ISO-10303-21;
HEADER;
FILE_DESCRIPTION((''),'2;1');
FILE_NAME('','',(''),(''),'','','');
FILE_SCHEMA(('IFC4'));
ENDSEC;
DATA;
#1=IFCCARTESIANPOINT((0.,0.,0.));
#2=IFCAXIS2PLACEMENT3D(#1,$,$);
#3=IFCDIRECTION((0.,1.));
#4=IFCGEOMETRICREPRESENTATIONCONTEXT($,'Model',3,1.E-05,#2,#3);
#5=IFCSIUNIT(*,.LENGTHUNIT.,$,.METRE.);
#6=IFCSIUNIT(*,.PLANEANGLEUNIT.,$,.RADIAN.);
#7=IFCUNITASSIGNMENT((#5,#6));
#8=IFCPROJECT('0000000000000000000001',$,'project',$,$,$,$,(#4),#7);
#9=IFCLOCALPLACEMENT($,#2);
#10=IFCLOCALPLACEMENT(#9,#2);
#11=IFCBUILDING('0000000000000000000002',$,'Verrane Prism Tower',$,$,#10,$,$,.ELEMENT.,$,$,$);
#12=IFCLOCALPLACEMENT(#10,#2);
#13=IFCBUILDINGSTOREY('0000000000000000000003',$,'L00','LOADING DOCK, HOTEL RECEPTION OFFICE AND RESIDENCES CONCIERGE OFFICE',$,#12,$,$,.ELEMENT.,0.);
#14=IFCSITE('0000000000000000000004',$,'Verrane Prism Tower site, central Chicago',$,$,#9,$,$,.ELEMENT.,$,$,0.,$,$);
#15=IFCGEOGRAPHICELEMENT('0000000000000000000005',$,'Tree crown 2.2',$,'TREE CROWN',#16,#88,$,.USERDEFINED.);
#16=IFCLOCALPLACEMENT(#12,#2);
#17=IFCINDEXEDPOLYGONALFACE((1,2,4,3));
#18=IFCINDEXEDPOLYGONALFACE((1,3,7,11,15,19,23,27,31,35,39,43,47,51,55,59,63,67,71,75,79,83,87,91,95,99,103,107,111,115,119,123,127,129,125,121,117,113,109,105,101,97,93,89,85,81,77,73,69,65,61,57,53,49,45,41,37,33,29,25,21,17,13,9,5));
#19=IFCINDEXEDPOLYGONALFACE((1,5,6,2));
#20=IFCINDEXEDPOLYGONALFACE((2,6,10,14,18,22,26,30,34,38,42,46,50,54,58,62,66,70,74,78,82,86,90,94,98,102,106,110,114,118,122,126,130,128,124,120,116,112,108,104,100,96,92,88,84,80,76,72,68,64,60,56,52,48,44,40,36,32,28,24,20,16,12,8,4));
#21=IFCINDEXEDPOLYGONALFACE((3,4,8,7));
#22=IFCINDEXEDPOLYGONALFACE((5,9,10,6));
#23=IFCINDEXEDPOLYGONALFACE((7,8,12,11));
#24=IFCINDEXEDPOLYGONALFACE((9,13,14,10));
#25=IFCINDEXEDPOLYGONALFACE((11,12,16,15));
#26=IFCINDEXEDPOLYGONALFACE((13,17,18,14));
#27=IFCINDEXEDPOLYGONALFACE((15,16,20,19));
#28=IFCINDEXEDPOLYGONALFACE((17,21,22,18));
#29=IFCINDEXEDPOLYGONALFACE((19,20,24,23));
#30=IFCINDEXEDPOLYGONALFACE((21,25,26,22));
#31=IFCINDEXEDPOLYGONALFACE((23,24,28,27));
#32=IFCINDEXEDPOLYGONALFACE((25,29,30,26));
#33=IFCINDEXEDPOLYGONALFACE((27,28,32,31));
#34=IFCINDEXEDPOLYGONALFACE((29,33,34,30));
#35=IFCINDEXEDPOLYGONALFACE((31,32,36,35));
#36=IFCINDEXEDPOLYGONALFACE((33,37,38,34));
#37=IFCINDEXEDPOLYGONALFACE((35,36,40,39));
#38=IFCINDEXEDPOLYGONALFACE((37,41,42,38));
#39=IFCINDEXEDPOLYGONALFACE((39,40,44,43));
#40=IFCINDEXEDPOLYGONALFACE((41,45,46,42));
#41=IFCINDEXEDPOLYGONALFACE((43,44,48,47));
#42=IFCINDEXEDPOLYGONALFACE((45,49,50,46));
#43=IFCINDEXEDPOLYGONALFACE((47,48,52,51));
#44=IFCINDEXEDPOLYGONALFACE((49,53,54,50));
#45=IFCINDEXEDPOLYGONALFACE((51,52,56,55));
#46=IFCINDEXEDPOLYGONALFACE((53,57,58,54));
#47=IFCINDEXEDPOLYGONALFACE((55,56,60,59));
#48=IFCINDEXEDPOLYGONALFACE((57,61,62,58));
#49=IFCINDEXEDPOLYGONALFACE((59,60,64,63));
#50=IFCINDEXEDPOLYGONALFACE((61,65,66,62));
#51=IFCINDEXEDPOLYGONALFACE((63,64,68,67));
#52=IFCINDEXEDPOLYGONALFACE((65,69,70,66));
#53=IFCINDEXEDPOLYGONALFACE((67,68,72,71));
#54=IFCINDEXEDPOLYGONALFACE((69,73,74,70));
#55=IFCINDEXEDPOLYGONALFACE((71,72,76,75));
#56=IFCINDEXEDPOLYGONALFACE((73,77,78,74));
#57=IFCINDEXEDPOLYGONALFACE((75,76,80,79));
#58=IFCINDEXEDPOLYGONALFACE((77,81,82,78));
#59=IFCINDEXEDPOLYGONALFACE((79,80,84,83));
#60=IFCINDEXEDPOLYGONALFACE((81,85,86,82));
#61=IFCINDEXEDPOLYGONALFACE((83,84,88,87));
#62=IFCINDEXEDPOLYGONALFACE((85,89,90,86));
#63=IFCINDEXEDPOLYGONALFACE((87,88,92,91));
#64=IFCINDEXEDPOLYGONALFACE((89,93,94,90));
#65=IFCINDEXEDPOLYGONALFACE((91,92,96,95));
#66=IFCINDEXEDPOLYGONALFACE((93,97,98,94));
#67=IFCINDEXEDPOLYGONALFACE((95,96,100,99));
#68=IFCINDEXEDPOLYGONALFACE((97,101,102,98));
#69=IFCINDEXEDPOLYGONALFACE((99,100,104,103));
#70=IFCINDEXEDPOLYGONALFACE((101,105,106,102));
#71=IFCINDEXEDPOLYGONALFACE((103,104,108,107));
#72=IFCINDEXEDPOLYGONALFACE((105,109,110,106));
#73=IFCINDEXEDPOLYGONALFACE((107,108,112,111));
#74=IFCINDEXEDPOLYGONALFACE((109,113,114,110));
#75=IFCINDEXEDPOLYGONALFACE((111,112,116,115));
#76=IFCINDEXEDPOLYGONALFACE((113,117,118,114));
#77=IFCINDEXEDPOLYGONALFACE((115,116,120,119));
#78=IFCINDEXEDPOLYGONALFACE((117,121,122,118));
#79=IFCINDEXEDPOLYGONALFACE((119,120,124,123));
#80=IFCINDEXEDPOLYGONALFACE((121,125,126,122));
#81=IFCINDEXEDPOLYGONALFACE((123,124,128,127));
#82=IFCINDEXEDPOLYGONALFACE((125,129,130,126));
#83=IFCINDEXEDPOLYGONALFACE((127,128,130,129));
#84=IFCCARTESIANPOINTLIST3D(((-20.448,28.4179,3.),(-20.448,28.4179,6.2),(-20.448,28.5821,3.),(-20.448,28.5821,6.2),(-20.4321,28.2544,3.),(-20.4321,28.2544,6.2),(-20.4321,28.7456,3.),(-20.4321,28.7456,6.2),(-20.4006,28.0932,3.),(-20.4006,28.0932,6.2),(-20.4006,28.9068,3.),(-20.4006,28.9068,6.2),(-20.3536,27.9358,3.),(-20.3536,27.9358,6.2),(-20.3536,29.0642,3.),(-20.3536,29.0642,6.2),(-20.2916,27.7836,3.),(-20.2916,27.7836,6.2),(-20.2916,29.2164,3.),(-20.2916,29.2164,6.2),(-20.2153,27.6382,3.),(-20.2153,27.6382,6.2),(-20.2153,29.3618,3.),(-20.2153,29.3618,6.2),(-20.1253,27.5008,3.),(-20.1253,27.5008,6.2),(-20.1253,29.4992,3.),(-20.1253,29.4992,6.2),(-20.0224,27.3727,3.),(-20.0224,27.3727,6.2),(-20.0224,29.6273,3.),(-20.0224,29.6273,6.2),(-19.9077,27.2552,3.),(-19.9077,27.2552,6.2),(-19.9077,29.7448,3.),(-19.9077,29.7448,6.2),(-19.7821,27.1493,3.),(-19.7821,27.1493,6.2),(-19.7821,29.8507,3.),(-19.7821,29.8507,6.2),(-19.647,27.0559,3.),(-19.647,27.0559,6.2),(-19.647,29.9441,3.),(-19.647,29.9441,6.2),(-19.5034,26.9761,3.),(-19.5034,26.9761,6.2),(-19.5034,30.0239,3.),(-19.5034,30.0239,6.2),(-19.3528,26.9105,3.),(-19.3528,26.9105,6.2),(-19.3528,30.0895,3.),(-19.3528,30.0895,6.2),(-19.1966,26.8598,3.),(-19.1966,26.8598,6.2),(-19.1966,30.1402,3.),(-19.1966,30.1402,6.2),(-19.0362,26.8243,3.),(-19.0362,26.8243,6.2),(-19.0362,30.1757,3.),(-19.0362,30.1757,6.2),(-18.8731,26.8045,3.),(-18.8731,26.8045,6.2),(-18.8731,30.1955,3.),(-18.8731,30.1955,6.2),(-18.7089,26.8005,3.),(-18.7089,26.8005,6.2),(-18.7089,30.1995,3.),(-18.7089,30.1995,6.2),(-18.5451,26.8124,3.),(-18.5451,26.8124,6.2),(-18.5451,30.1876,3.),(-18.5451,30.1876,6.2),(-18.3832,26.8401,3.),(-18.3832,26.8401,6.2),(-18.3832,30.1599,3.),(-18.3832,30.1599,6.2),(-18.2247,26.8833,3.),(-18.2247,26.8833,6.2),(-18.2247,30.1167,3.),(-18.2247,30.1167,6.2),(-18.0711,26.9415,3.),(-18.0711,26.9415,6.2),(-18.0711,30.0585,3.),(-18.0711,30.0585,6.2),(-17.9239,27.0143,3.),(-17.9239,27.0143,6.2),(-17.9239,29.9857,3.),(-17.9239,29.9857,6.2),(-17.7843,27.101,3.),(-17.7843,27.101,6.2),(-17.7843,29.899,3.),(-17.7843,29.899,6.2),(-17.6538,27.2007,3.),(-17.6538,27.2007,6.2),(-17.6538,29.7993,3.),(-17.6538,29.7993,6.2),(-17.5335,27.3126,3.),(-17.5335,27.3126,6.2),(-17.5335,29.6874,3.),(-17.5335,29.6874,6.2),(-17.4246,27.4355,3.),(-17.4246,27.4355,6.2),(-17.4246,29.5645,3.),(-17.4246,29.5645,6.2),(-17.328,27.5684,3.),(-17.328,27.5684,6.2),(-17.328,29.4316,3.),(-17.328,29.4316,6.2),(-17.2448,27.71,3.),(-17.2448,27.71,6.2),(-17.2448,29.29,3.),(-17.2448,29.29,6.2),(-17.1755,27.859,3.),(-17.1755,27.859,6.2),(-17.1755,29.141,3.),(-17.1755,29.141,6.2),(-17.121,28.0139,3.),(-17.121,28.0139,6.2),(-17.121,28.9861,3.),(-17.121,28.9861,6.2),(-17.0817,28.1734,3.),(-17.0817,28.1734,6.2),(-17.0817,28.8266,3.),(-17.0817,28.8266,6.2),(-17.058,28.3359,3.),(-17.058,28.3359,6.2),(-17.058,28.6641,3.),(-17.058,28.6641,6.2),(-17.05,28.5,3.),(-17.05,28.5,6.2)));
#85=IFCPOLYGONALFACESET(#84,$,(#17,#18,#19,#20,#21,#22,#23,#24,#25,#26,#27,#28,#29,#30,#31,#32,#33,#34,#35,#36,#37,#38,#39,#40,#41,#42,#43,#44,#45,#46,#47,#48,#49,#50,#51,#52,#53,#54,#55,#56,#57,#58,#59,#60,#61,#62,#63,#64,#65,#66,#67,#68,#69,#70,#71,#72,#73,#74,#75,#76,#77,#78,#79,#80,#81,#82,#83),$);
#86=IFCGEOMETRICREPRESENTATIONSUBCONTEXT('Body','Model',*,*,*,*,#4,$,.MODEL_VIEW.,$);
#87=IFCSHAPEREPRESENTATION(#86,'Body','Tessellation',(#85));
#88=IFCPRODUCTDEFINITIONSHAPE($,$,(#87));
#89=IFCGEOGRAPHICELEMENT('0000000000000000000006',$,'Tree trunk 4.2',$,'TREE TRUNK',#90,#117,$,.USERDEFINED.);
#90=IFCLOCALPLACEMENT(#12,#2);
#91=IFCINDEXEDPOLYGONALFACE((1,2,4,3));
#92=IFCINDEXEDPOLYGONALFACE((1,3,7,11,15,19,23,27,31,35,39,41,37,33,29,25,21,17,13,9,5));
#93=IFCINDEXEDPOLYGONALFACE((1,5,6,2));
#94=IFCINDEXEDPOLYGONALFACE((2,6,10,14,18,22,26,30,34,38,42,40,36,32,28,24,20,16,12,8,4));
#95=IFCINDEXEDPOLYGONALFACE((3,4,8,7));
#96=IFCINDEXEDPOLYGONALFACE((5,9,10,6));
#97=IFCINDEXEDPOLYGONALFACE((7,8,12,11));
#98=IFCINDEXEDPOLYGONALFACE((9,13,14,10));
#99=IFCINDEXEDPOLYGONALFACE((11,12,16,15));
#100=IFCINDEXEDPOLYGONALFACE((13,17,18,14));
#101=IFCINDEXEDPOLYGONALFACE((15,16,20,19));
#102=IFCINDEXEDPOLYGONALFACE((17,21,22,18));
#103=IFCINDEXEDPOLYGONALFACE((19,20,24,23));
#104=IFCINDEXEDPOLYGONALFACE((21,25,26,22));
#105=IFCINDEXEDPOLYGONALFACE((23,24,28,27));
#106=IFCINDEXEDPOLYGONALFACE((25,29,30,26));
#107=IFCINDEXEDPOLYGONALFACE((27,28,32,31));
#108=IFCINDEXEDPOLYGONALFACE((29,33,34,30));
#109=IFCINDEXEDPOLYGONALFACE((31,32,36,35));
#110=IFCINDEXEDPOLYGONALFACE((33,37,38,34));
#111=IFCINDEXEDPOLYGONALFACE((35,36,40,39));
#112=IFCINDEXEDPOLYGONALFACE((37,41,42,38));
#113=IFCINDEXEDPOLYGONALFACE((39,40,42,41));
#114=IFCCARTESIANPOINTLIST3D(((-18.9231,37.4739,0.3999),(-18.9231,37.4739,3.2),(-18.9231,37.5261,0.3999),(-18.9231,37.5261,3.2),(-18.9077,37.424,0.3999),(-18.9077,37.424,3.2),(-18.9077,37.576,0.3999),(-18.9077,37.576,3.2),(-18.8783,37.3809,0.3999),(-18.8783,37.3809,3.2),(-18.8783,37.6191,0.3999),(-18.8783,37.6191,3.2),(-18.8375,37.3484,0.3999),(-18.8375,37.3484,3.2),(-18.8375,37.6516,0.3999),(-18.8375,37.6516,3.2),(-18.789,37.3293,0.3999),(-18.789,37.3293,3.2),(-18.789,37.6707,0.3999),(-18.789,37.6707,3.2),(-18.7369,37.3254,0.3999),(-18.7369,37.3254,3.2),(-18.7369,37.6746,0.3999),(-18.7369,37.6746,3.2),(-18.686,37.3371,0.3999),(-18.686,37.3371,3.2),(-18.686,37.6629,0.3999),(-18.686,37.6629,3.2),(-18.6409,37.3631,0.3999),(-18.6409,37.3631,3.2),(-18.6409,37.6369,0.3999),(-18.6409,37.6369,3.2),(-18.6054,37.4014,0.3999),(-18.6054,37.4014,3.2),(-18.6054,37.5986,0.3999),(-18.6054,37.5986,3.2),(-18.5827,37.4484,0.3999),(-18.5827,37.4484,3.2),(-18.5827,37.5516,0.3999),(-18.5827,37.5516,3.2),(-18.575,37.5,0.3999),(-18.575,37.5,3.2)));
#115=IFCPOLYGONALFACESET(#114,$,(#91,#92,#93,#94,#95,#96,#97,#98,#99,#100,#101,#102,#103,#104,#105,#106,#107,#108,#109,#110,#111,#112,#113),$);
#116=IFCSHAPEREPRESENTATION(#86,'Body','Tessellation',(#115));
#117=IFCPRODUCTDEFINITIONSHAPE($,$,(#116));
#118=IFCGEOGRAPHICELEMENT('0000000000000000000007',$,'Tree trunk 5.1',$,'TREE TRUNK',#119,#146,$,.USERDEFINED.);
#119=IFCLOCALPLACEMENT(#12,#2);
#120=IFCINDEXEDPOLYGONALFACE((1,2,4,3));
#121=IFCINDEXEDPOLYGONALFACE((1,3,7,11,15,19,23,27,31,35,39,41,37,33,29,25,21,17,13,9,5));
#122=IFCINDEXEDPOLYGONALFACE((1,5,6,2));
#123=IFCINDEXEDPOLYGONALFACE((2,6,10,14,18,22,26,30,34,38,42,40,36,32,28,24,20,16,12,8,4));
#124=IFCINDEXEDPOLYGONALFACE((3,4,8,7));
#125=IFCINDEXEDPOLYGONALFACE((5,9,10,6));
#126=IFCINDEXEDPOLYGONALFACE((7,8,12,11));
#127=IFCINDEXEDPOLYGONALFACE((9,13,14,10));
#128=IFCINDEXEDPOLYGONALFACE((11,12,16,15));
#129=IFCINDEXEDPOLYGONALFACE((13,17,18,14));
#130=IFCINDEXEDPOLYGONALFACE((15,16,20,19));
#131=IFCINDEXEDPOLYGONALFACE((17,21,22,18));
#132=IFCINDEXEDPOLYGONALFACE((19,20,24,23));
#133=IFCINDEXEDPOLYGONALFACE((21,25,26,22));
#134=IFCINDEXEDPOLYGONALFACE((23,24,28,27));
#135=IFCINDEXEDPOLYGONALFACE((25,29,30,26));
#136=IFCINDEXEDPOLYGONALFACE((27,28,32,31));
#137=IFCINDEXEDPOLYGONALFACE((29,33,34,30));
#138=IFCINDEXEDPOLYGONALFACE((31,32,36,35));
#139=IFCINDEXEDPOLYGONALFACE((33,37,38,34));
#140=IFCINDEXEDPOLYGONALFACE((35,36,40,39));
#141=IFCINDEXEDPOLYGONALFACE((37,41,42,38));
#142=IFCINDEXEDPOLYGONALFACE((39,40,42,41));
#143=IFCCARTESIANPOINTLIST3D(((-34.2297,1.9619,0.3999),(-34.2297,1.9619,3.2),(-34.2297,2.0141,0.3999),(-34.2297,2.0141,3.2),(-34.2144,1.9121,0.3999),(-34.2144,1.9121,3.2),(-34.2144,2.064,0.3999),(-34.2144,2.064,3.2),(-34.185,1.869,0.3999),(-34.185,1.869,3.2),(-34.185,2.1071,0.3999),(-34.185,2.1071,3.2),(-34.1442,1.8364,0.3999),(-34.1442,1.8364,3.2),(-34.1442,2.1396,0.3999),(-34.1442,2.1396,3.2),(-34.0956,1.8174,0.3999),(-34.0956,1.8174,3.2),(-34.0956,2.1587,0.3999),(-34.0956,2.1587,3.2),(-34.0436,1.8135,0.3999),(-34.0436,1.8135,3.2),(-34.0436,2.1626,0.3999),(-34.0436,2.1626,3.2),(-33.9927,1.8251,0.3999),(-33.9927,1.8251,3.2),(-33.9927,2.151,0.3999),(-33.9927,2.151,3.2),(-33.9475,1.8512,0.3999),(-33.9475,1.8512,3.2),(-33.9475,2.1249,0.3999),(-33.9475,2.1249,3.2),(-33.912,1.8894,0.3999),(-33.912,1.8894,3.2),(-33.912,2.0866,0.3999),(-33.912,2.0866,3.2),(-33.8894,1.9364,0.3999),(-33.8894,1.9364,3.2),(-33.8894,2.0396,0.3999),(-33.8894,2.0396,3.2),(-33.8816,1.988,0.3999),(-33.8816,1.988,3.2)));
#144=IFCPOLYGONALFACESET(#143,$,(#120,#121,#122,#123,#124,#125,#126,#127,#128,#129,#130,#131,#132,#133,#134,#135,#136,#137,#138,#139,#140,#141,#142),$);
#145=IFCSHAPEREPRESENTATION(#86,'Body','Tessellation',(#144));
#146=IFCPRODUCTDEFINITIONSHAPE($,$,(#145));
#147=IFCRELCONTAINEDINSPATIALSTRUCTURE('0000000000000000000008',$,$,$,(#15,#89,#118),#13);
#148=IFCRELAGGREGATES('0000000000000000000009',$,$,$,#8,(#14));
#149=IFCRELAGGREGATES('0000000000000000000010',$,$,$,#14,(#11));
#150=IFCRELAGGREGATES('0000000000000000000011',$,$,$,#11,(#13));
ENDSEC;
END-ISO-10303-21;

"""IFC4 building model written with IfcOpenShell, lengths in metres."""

from ifc_helpers import new_model, si_unit, direction, frame, origin, origin_2d, place, context, subcontext, project, spatial, circle, extrude, element, save


model = new_model("IFC4")

# Units and contexts
model_context = context("Model", 3, precision=1e-05, world=origin(), true_north=direction((0.0, 1.0)))
body_context = subcontext(model_context, "Body", "Model", "MODEL_VIEW")
ifc_project = project(units=[si_unit("LENGTHUNIT", "METRE"), si_unit("PLANEANGLEUNIT", "RADIAN")], contexts=[model_context])

# Site, building, storey
site_placement = place(None, origin())
site = spatial("IfcSite", under=ifc_project, at=site_placement, Name="Verrane Prism Tower site, central Chicago", CompositionType="ELEMENT", RefElevation=0.0)
building_placement = place(site_placement, origin())
building = spatial("IfcBuilding", under=site, at=building_placement, Name="Verrane Prism Tower", CompositionType="ELEMENT")
storey_placement = place(building_placement, origin())
storey = spatial("IfcBuildingStorey", under=building, at=storey_placement, Name="L00", Description="LOADING DOCK, HOTEL RECEPTION OFFICE AND RESIDENCES CONCIERGE OFFICE", CompositionType="ELEMENT", Elevation=0.0)

# Geographic elements
geographic_element_1_placement = place(storey_placement, frame((-18.75, 28.5, 6.2), z_axis=(0.0, 0.0, -1.0), x_axis=(1.0, 0.0, 0.0)))
element("IfcGeographicElement", 1, at=geographic_element_1_placement, inside=storey, Name="Tree crown 2.2", ObjectType="TREE CROWN", PredefinedType="USERDEFINED", context=body_context, shape_type="SweptSolid", body=[
    extrude(circle(Radius=1.7, at=origin_2d()), origin(), (0.0, 0.0, 1.0), 3.2),
])
for number, where, z_axis, x_axis, name in (
    (2, (-18.75, 37.5, 3.2), (0.0, 0.0, -1.0), (1.0, 0.0, 0.0), "Tree trunk 4.2"),
    (3, (-34.0566, 1.988, 3.2), (0.0, 0.0, -1.0), (1.0, 0.0, 0.0), "Tree trunk 5.1"),
):
    element("IfcGeographicElement", number, at=place(storey_placement, frame(where, z_axis=z_axis, x_axis=x_axis)), inside=storey, Name=name, ObjectType="TREE TRUNK", PredefinedType="USERDEFINED", context=body_context, shape_type="SweptSolid", body=[
        extrude(circle(Radius=0.175, at=origin_2d()), origin(), (0.0, 0.0, 1.0), 2.8),
    ])

save(model, "model.ifc")
